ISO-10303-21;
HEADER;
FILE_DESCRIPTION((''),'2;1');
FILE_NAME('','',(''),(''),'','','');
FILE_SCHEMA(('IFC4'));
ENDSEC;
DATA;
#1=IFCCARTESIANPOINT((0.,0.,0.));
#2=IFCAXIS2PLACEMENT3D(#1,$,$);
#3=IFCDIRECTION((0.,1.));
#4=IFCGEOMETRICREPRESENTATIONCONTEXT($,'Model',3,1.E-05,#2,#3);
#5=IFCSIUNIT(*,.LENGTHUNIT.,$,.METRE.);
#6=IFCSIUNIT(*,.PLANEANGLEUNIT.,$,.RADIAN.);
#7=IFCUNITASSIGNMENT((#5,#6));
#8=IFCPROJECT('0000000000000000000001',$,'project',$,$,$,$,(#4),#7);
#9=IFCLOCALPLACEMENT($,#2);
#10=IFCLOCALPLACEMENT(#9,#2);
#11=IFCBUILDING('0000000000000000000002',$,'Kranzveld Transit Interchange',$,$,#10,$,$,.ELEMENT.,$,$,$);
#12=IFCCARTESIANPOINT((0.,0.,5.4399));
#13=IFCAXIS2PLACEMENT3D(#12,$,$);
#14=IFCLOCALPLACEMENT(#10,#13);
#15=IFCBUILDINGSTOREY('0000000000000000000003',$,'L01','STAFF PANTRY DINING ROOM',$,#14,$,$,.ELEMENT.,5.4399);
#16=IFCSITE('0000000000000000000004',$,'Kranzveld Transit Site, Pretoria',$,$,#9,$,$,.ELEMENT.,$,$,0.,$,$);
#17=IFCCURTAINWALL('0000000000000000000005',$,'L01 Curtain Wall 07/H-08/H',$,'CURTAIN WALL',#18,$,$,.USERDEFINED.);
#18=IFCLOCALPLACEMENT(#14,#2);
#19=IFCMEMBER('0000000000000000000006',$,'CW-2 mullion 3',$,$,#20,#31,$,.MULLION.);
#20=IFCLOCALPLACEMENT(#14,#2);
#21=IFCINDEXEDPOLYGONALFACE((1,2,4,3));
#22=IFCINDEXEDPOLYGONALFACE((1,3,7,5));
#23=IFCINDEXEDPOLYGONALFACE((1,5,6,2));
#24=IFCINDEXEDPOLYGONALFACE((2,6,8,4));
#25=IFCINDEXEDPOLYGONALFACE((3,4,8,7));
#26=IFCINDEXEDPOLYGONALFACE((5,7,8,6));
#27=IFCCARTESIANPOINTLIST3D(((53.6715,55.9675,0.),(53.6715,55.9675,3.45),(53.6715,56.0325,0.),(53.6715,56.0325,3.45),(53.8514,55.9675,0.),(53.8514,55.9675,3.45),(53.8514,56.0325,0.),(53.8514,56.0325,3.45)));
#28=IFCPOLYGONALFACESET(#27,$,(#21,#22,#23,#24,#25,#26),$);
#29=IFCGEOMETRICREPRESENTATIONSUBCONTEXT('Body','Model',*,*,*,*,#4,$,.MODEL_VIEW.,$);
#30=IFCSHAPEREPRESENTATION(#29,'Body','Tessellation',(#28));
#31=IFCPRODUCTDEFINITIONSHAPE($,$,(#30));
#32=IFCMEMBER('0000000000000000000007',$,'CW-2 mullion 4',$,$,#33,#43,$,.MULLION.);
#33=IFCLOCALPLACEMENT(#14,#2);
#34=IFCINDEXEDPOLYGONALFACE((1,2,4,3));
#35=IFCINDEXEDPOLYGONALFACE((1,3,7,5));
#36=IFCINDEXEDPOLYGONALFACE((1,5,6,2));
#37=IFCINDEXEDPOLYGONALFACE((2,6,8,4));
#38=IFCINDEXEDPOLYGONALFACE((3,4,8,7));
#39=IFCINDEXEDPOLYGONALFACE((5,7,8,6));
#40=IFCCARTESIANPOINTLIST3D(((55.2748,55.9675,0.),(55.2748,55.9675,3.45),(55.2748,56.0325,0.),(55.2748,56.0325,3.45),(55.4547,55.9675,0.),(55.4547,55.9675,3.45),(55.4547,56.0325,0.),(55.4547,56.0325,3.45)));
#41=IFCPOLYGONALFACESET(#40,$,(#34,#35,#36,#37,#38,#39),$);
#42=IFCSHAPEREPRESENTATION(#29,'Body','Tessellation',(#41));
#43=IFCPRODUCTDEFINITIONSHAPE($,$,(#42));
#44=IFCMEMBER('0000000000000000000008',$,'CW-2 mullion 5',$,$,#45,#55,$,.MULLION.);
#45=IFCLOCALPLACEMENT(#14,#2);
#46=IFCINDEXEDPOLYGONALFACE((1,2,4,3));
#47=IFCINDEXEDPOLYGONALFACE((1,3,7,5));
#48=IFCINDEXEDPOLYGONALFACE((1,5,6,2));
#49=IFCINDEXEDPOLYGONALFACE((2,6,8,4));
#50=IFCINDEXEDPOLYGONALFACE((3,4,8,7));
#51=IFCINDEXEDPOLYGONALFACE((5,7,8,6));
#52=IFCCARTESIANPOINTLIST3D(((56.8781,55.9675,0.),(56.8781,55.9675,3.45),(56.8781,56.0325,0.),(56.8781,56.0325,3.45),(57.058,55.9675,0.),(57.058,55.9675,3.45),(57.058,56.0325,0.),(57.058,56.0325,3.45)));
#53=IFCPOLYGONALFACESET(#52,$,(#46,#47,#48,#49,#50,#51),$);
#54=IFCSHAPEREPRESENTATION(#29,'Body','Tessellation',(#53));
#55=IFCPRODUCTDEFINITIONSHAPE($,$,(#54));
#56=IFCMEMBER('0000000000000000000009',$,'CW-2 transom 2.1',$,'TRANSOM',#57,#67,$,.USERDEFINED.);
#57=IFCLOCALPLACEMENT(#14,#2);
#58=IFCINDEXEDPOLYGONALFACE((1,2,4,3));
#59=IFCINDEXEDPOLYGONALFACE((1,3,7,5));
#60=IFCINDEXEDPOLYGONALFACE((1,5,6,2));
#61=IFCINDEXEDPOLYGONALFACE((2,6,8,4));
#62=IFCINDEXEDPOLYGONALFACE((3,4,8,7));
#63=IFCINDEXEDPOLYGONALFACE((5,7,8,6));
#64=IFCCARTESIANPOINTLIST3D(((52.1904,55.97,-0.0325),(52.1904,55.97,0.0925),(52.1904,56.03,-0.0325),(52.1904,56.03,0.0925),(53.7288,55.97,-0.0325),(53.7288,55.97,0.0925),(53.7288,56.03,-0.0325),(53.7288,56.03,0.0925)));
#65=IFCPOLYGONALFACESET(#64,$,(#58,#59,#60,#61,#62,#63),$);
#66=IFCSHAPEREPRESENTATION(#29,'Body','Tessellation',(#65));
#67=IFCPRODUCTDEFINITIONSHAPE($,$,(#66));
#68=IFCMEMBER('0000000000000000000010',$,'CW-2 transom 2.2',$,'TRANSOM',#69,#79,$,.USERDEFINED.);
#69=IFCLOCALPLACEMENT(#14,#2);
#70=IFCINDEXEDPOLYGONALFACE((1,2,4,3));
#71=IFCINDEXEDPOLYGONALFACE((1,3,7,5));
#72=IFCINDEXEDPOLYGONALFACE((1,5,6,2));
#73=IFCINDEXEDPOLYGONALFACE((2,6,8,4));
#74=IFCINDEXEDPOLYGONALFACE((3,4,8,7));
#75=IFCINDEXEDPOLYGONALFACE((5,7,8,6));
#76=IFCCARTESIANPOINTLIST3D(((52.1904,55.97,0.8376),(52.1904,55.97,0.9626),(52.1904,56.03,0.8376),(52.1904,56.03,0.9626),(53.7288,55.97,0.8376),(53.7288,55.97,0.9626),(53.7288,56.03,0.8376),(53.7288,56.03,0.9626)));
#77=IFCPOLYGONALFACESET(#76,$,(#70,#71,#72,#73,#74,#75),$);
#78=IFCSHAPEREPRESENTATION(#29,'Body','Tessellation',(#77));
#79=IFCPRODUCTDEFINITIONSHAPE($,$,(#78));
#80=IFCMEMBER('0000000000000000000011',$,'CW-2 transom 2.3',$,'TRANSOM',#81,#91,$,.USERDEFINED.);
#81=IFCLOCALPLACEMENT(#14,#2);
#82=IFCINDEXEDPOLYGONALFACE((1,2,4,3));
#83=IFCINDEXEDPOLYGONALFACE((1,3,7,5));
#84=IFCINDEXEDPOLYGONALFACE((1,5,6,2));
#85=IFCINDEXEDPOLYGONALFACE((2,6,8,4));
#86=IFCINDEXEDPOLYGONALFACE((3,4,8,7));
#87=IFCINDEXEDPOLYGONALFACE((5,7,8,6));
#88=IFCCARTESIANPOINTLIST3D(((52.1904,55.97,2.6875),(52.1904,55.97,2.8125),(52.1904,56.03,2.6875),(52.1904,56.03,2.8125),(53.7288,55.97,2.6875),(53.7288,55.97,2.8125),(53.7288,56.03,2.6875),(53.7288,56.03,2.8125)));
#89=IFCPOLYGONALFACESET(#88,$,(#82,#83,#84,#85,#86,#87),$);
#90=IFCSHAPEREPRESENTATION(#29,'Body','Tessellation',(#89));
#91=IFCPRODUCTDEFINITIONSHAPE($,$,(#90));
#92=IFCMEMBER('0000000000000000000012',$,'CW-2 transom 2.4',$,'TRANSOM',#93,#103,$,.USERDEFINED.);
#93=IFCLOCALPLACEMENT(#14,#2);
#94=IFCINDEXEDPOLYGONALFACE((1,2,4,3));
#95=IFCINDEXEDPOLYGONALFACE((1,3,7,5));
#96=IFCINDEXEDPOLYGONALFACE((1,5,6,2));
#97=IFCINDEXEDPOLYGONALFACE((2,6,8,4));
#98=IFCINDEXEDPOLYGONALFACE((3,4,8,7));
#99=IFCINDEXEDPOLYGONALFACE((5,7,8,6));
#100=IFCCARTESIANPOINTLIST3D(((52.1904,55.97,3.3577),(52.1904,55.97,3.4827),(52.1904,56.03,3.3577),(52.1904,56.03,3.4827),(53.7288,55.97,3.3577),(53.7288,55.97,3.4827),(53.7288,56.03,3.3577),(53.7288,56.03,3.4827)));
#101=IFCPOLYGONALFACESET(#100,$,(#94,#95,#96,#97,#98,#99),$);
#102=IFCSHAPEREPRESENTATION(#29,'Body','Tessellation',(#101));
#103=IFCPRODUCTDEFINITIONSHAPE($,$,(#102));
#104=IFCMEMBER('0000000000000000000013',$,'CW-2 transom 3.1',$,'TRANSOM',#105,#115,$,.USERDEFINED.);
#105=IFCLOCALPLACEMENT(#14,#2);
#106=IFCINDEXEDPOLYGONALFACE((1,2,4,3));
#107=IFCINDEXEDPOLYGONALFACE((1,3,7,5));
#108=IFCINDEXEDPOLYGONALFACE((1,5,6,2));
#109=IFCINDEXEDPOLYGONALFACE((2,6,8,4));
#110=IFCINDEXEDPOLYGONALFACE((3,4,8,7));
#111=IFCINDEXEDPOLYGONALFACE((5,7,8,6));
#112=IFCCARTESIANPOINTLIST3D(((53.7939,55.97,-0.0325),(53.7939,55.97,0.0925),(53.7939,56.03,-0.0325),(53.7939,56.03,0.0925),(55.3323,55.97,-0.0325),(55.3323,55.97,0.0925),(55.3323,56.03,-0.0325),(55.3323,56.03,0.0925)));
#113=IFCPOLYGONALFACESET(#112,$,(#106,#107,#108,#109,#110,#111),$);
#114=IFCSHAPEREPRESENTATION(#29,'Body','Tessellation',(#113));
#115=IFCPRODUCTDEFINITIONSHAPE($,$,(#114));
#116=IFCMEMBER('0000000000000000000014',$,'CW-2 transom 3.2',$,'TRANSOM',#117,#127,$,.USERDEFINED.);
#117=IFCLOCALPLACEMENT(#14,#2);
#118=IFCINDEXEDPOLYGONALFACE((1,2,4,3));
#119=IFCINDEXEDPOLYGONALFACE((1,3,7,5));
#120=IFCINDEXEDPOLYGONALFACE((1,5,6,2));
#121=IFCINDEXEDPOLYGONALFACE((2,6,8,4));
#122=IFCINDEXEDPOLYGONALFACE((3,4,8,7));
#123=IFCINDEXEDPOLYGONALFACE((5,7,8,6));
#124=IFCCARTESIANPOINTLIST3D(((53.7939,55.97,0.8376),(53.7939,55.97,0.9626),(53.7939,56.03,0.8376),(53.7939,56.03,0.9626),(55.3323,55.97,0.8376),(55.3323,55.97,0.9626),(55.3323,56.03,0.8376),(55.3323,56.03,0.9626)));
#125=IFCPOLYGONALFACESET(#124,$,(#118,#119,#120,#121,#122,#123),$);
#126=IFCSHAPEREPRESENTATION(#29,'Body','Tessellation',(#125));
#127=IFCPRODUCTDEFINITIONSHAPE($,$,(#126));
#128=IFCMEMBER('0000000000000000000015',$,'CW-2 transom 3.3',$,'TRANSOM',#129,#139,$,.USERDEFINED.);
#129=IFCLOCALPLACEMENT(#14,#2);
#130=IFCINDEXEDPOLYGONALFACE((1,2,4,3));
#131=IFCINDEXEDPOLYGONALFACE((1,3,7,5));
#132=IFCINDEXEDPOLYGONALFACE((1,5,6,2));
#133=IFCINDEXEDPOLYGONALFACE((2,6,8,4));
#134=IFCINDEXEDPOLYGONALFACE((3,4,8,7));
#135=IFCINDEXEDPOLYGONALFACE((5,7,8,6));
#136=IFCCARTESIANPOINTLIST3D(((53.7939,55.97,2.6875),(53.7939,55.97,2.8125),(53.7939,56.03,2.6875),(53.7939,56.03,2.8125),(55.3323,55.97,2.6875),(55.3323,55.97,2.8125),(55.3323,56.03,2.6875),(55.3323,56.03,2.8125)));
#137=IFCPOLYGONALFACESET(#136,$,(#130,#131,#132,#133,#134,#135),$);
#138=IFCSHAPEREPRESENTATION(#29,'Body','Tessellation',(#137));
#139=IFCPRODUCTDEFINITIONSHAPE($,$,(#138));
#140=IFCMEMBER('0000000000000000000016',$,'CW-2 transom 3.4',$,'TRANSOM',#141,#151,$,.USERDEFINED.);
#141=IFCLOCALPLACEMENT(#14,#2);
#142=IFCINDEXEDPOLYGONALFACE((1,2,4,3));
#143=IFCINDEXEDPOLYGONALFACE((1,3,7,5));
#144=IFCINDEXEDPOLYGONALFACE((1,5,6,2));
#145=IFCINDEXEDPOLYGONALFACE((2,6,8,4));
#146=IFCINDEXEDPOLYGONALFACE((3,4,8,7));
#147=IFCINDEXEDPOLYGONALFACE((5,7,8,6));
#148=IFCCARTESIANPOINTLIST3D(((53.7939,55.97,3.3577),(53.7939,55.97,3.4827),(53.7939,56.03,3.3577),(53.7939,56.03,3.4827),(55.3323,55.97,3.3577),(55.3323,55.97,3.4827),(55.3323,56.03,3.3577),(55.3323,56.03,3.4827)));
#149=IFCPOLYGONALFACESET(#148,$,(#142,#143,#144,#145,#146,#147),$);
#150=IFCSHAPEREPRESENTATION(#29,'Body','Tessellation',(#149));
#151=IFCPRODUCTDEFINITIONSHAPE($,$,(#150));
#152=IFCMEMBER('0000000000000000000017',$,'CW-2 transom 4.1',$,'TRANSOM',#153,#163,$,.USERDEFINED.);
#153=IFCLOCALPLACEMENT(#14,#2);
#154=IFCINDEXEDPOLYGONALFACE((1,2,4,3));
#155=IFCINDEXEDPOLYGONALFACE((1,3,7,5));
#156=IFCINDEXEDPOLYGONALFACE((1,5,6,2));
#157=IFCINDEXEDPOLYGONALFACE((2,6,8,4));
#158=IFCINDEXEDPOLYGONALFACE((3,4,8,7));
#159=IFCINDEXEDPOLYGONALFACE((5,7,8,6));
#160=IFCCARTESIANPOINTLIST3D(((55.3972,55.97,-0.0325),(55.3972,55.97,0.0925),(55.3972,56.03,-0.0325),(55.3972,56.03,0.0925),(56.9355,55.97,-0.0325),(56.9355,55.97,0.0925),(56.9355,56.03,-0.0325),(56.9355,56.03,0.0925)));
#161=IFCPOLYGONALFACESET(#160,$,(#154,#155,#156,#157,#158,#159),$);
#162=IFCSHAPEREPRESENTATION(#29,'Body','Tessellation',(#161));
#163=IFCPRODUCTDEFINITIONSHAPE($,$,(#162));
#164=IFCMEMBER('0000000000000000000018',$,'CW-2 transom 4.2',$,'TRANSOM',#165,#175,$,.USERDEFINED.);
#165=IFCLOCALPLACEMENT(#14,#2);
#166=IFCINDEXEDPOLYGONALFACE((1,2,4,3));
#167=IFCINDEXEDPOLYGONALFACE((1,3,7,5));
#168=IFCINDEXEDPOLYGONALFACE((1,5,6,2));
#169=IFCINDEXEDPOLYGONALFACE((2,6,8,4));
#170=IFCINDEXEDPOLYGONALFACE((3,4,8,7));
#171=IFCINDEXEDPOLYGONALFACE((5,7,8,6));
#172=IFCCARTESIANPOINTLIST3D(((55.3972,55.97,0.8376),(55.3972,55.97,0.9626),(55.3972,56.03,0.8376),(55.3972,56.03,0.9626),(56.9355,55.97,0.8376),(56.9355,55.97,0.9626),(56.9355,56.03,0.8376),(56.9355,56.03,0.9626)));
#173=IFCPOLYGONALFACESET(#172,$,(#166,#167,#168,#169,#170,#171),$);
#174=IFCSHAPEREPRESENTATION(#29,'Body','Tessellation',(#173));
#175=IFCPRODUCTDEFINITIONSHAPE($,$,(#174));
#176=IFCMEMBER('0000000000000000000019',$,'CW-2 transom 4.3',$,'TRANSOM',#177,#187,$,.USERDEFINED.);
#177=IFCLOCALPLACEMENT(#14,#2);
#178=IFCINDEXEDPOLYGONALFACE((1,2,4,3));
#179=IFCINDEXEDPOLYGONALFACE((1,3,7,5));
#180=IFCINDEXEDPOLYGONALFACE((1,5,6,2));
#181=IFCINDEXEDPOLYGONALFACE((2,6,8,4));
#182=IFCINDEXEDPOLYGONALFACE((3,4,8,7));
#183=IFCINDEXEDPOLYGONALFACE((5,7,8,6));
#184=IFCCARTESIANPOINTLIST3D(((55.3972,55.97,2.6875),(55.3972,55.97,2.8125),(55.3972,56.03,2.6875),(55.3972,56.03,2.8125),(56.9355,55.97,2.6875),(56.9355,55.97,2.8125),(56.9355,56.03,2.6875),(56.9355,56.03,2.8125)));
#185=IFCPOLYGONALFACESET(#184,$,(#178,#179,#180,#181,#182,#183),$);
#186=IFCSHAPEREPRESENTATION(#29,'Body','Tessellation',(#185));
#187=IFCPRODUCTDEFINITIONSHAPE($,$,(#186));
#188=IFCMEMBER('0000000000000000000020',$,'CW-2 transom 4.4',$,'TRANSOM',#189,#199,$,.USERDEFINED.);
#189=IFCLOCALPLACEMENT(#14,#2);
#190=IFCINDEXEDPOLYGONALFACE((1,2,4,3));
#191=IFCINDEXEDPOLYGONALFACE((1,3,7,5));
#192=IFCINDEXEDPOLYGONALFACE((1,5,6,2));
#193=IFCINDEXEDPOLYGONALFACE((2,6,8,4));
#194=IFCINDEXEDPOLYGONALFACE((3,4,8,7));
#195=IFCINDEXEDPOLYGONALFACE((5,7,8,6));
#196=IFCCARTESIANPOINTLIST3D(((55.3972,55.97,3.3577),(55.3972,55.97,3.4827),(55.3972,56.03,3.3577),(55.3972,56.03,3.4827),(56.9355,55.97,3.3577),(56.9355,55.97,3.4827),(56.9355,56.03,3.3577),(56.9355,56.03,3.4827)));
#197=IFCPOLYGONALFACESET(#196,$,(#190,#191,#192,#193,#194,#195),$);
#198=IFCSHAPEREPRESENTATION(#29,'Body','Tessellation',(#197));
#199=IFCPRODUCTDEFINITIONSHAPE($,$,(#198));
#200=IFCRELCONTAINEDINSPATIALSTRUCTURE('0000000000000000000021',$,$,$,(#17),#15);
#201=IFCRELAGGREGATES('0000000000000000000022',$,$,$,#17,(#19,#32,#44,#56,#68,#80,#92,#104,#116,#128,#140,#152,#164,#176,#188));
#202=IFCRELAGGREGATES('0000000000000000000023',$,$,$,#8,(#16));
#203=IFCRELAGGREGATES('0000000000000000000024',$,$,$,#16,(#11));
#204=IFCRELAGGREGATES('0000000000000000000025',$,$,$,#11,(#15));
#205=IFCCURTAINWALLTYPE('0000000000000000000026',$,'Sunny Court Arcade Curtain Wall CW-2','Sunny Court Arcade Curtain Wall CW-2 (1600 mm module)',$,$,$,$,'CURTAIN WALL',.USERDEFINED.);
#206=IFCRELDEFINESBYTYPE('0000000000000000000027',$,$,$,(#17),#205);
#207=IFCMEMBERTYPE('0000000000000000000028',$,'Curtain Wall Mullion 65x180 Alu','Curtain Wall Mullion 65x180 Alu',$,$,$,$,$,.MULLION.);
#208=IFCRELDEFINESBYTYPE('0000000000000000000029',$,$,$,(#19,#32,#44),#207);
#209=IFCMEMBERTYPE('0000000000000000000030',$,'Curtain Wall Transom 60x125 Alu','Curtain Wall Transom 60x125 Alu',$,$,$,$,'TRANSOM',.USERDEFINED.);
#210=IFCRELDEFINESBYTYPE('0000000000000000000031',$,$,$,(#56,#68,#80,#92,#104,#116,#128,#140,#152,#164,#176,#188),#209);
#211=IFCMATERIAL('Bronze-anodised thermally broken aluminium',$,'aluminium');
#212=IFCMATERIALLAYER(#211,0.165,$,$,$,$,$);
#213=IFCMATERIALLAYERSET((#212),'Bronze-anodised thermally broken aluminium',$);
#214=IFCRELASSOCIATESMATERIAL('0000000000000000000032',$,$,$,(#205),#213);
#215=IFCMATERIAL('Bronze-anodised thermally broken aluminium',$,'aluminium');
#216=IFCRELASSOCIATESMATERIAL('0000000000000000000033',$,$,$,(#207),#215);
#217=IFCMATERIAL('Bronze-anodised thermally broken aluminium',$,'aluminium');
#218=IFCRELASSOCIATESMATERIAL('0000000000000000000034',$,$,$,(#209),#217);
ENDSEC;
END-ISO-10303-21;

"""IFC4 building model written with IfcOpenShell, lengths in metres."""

from ifc_helpers import new_model, si_unit, direction, frame, origin, origin_2d, place, context, subcontext, project, spatial, rectangle, extrude, material, layer, layer_set, material_profile, profile_set, type_object, element, aggregate, save


model = new_model("IFC4")

# Units and contexts
model_context = context("Model", 3, precision=1e-05, world=origin(), true_north=direction((0.0, 1.0)))
body_context = subcontext(model_context, "Body", "Model", "MODEL_VIEW")
ifc_project = project(units=[si_unit("LENGTHUNIT", "METRE"), si_unit("PLANEANGLEUNIT", "RADIAN")], contexts=[model_context])

# Site, building, storey
site_placement = place(None, origin())
site = spatial("IfcSite", under=ifc_project, at=site_placement, Name="Kranzveld Transit Site, Pretoria", CompositionType="ELEMENT", RefElevation=0.0)
building_placement = place(site_placement, origin())
building = spatial("IfcBuilding", under=site, at=building_placement, Name="Kranzveld Transit Interchange", CompositionType="ELEMENT")
storey_placement = place(building_placement, frame((0.0, 0.0, 5.4399)))
storey = spatial("IfcBuildingStorey", under=building, at=storey_placement, Name="L01", Description="STAFF PANTRY DINING ROOM", CompositionType="ELEMENT", Elevation=5.4399)

# Curtain wall, members
ifc_material_1 = material(Name="Bronze-anodised thermally broken aluminium", Category="aluminium")
ifc_layer_1 = layer(ifc_material_1, 0.165)
ifc_layer_set_1 = layer_set([ifc_layer_1], Name="Bronze-anodised thermally broken aluminium")
curtain_wall_type = type_object("IfcCurtainWallType", Name="Sunny Court Arcade Curtain Wall CW-2", Description="Sunny Court Arcade Curtain Wall CW-2 (1600 mm module)", ElementType="CURTAIN WALL", PredefinedType="USERDEFINED", material=ifc_layer_set_1)
curtain_wall_placement = place(storey_placement, origin())
curtain_wall = element("IfcCurtainWall", 1, at=curtain_wall_placement, inside=storey, type_object=curtain_wall_type, Name="L01 Curtain Wall 07/H-08/H", ObjectType="CURTAIN WALL", PredefinedType="USERDEFINED")
ifc_material_2 = material(Name="Bronze-anodised thermally broken aluminium", Category="aluminium")
ifc_material_profile_1 = material_profile(ifc_material_2, rectangle(XDim=0.0649, YDim=0.1799, at=origin_2d()), Name="ALU MULLION 65x180")
ifc_profile_set_1 = profile_set([ifc_material_profile_1], Name="Bronze-anodised thermally broken aluminium")
member_type_1 = type_object("IfcMemberType", Name="Curtain Wall Mullion 65x180 Alu", Description="Curtain Wall Mullion 65x180 Alu", PredefinedType="MULLION", material=ifc_profile_set_1)
member_1_placement = place(storey_placement, frame((53.7615, 56.0, 0.0), z_axis=(0.0, 0.0, 1.0), x_axis=(0.0, 1.0, 0.0)))
member_1 = element("IfcMember", 2, at=member_1_placement, type_object=member_type_1, Name="CW-2 mullion 3", PredefinedType="MULLION", context=body_context, shape_type="SweptSolid", body=[
    extrude(rectangle(XDim=0.0649, YDim=0.1799, at=origin_2d()), origin(), (0.0, 0.0, 1.0), 3.45),
])
member_2_placement = place(storey_placement, frame((55.3647, 56.0, 0.0), z_axis=(0.0, 0.0, 1.0), x_axis=(0.0, 1.0, 0.0)))
member_2 = element("IfcMember", 3, at=member_2_placement, type_object=member_type_1, Name="CW-2 mullion 4", PredefinedType="MULLION", context=body_context, shape_type="SweptSolid", body=[
    extrude(rectangle(XDim=0.0649, YDim=0.1799, at=origin_2d()), origin(), (0.0, 0.0, 1.0), 3.45),
])
member_3_placement = place(storey_placement, frame((56.968, 56.0, 0.0), z_axis=(0.0, 0.0, 1.0), x_axis=(0.0, 1.0, 0.0)))
member_3 = element("IfcMember", 4, at=member_3_placement, type_object=member_type_1, Name="CW-2 mullion 5", PredefinedType="MULLION", context=body_context, shape_type="SweptSolid", body=[
    extrude(rectangle(XDim=0.0649, YDim=0.1799, at=origin_2d()), origin(), (0.0, 0.0, 1.0), 3.45),
])
ifc_material_3 = material(Name="Bronze-anodised thermally broken aluminium", Category="aluminium")
ifc_material_profile_2 = material_profile(ifc_material_3, rectangle(XDim=0.0601, YDim=0.125, at=origin_2d()), Name="ALU TRANSOM 60x125")
ifc_profile_set_2 = profile_set([ifc_material_profile_2], Name="Bronze-anodised thermally broken aluminium")
member_type_2 = type_object("IfcMemberType", Name="Curtain Wall Transom 60x125 Alu", Description="Curtain Wall Transom 60x125 Alu", ElementType="TRANSOM", PredefinedType="USERDEFINED", material=ifc_profile_set_2)
member_4_placement = place(storey_placement, frame((52.1904, 56.0, 0.03), z_axis=(1.0, 0.0, 0.0), x_axis=(0.0, 1.0, 0.0)))
member_4 = element("IfcMember", 5, at=member_4_placement, type_object=member_type_2, Name="CW-2 transom 2.1", ObjectType="TRANSOM", PredefinedType="USERDEFINED", context=body_context, shape_type="SweptSolid", body=[
    extrude(rectangle(XDim=0.0601, YDim=0.125, at=origin_2d()), origin(), (0.0, 0.0, 1.0), 1.5383),
])
member_5_placement = place(storey_placement, frame((52.1904, 56.0, 0.9001), z_axis=(1.0, 0.0, 0.0), x_axis=(0.0, 1.0, 0.0)))
member_5 = element("IfcMember", 6, at=member_5_placement, type_object=member_type_2, Name="CW-2 transom 2.2", ObjectType="TRANSOM", PredefinedType="USERDEFINED", context=body_context, shape_type="SweptSolid", body=[
    extrude(rectangle(XDim=0.0601, YDim=0.125, at=origin_2d()), origin(), (0.0, 0.0, 1.0), 1.5383),
])
member_6_placement = place(storey_placement, frame((52.1904, 56.0, 2.75), z_axis=(1.0, 0.0, 0.0), x_axis=(0.0, 1.0, 0.0)))
member_6 = element("IfcMember", 7, at=member_6_placement, type_object=member_type_2, Name="CW-2 transom 2.3", ObjectType="TRANSOM", PredefinedType="USERDEFINED", context=body_context, shape_type="SweptSolid", body=[
    extrude(rectangle(XDim=0.0601, YDim=0.125, at=origin_2d()), origin(), (0.0, 0.0, 1.0), 1.5383),
])
member_7_placement = place(storey_placement, frame((52.1904, 56.0, 3.4202), z_axis=(1.0, 0.0, 0.0), x_axis=(0.0, 1.0, 0.0)))
member_7 = element("IfcMember", 8, at=member_7_placement, type_object=member_type_2, Name="CW-2 transom 2.4", ObjectType="TRANSOM", PredefinedType="USERDEFINED", context=body_context, shape_type="SweptSolid", body=[
    extrude(rectangle(XDim=0.0601, YDim=0.125, at=origin_2d()), origin(), (0.0, 0.0, 1.0), 1.5383),
])
member_8_placement = place(storey_placement, frame((53.7939, 56.0, 0.03), z_axis=(1.0, 0.0, 0.0), x_axis=(0.0, 1.0, 0.0)))
member_8 = element("IfcMember", 9, at=member_8_placement, type_object=member_type_2, Name="CW-2 transom 3.1", ObjectType="TRANSOM", PredefinedType="USERDEFINED", context=body_context, shape_type="SweptSolid", body=[
    extrude(rectangle(XDim=0.0601, YDim=0.125, at=origin_2d()), origin(), (0.0, 0.0, 1.0), 1.5383),
])
member_9_placement = place(storey_placement, frame((53.7939, 56.0, 0.9001), z_axis=(1.0, 0.0, 0.0), x_axis=(0.0, 1.0, 0.0)))
member_9 = element("IfcMember", 10, at=member_9_placement, type_object=member_type_2, Name="CW-2 transom 3.2", ObjectType="TRANSOM", PredefinedType="USERDEFINED", context=body_context, shape_type="SweptSolid", body=[
    extrude(rectangle(XDim=0.0601, YDim=0.125, at=origin_2d()), origin(), (0.0, 0.0, 1.0), 1.5383),
])
member_10_placement = place(storey_placement, frame((53.7939, 56.0, 2.75), z_axis=(1.0, 0.0, 0.0), x_axis=(0.0, 1.0, 0.0)))
member_10 = element("IfcMember", 11, at=member_10_placement, type_object=member_type_2, Name="CW-2 transom 3.3", ObjectType="TRANSOM", PredefinedType="USERDEFINED", context=body_context, shape_type="SweptSolid", body=[
    extrude(rectangle(XDim=0.0601, YDim=0.125, at=origin_2d()), origin(), (0.0, 0.0, 1.0), 1.5383),
])
member_11_placement = place(storey_placement, frame((53.7939, 56.0, 3.4202), z_axis=(1.0, 0.0, 0.0), x_axis=(0.0, 1.0, 0.0)))
member_11 = element("IfcMember", 12, at=member_11_placement, type_object=member_type_2, Name="CW-2 transom 3.4", ObjectType="TRANSOM", PredefinedType="USERDEFINED", context=body_context, shape_type="SweptSolid", body=[
    extrude(rectangle(XDim=0.0601, YDim=0.125, at=origin_2d()), origin(), (0.0, 0.0, 1.0), 1.5383),
])
member_12_placement = place(storey_placement, frame((55.3972, 56.0, 0.03), z_axis=(1.0, 0.0, 0.0), x_axis=(0.0, 1.0, 0.0)))
member_12 = element("IfcMember", 13, at=member_12_placement, type_object=member_type_2, Name="CW-2 transom 4.1", ObjectType="TRANSOM", PredefinedType="USERDEFINED", context=body_context, shape_type="SweptSolid", body=[
    extrude(rectangle(XDim=0.0601, YDim=0.125, at=origin_2d()), origin(), (0.0, 0.0, 1.0), 1.5383),
])
member_13_placement = place(storey_placement, frame((55.3972, 56.0, 0.9001), z_axis=(1.0, 0.0, 0.0), x_axis=(0.0, 1.0, 0.0)))
member_13 = element("IfcMember", 14, at=member_13_placement, type_object=member_type_2, Name="CW-2 transom 4.2", ObjectType="TRANSOM", PredefinedType="USERDEFINED", context=body_context, shape_type="SweptSolid", body=[
    extrude(rectangle(XDim=0.0601, YDim=0.125, at=origin_2d()), origin(), (0.0, 0.0, 1.0), 1.5383),
])
member_14_placement = place(storey_placement, frame((55.3972, 56.0, 2.75), z_axis=(1.0, 0.0, 0.0), x_axis=(0.0, 1.0, 0.0)))
member_14 = element("IfcMember", 15, at=member_14_placement, type_object=member_type_2, Name="CW-2 transom 4.3", ObjectType="TRANSOM", PredefinedType="USERDEFINED", context=body_context, shape_type="SweptSolid", body=[
    extrude(rectangle(XDim=0.0601, YDim=0.125, at=origin_2d()), origin(), (0.0, 0.0, 1.0), 1.5383),
])
member_15_placement = place(storey_placement, frame((55.3972, 56.0, 3.4202), z_axis=(1.0, 0.0, 0.0), x_axis=(0.0, 1.0, 0.0)))
member_15 = element("IfcMember", 16, at=member_15_placement, type_object=member_type_2, Name="CW-2 transom 4.4", ObjectType="TRANSOM", PredefinedType="USERDEFINED", context=body_context, shape_type="SweptSolid", body=[
    extrude(rectangle(XDim=0.0601, YDim=0.125, at=origin_2d()), origin(), (0.0, 0.0, 1.0), 1.5383),
])
aggregate(curtain_wall, [member_1, member_2, member_3, member_4, member_5, member_6, member_7, member_8, member_9, member_10, member_11, member_12, member_13, member_14, member_15])

save(model, "model.ifc")
